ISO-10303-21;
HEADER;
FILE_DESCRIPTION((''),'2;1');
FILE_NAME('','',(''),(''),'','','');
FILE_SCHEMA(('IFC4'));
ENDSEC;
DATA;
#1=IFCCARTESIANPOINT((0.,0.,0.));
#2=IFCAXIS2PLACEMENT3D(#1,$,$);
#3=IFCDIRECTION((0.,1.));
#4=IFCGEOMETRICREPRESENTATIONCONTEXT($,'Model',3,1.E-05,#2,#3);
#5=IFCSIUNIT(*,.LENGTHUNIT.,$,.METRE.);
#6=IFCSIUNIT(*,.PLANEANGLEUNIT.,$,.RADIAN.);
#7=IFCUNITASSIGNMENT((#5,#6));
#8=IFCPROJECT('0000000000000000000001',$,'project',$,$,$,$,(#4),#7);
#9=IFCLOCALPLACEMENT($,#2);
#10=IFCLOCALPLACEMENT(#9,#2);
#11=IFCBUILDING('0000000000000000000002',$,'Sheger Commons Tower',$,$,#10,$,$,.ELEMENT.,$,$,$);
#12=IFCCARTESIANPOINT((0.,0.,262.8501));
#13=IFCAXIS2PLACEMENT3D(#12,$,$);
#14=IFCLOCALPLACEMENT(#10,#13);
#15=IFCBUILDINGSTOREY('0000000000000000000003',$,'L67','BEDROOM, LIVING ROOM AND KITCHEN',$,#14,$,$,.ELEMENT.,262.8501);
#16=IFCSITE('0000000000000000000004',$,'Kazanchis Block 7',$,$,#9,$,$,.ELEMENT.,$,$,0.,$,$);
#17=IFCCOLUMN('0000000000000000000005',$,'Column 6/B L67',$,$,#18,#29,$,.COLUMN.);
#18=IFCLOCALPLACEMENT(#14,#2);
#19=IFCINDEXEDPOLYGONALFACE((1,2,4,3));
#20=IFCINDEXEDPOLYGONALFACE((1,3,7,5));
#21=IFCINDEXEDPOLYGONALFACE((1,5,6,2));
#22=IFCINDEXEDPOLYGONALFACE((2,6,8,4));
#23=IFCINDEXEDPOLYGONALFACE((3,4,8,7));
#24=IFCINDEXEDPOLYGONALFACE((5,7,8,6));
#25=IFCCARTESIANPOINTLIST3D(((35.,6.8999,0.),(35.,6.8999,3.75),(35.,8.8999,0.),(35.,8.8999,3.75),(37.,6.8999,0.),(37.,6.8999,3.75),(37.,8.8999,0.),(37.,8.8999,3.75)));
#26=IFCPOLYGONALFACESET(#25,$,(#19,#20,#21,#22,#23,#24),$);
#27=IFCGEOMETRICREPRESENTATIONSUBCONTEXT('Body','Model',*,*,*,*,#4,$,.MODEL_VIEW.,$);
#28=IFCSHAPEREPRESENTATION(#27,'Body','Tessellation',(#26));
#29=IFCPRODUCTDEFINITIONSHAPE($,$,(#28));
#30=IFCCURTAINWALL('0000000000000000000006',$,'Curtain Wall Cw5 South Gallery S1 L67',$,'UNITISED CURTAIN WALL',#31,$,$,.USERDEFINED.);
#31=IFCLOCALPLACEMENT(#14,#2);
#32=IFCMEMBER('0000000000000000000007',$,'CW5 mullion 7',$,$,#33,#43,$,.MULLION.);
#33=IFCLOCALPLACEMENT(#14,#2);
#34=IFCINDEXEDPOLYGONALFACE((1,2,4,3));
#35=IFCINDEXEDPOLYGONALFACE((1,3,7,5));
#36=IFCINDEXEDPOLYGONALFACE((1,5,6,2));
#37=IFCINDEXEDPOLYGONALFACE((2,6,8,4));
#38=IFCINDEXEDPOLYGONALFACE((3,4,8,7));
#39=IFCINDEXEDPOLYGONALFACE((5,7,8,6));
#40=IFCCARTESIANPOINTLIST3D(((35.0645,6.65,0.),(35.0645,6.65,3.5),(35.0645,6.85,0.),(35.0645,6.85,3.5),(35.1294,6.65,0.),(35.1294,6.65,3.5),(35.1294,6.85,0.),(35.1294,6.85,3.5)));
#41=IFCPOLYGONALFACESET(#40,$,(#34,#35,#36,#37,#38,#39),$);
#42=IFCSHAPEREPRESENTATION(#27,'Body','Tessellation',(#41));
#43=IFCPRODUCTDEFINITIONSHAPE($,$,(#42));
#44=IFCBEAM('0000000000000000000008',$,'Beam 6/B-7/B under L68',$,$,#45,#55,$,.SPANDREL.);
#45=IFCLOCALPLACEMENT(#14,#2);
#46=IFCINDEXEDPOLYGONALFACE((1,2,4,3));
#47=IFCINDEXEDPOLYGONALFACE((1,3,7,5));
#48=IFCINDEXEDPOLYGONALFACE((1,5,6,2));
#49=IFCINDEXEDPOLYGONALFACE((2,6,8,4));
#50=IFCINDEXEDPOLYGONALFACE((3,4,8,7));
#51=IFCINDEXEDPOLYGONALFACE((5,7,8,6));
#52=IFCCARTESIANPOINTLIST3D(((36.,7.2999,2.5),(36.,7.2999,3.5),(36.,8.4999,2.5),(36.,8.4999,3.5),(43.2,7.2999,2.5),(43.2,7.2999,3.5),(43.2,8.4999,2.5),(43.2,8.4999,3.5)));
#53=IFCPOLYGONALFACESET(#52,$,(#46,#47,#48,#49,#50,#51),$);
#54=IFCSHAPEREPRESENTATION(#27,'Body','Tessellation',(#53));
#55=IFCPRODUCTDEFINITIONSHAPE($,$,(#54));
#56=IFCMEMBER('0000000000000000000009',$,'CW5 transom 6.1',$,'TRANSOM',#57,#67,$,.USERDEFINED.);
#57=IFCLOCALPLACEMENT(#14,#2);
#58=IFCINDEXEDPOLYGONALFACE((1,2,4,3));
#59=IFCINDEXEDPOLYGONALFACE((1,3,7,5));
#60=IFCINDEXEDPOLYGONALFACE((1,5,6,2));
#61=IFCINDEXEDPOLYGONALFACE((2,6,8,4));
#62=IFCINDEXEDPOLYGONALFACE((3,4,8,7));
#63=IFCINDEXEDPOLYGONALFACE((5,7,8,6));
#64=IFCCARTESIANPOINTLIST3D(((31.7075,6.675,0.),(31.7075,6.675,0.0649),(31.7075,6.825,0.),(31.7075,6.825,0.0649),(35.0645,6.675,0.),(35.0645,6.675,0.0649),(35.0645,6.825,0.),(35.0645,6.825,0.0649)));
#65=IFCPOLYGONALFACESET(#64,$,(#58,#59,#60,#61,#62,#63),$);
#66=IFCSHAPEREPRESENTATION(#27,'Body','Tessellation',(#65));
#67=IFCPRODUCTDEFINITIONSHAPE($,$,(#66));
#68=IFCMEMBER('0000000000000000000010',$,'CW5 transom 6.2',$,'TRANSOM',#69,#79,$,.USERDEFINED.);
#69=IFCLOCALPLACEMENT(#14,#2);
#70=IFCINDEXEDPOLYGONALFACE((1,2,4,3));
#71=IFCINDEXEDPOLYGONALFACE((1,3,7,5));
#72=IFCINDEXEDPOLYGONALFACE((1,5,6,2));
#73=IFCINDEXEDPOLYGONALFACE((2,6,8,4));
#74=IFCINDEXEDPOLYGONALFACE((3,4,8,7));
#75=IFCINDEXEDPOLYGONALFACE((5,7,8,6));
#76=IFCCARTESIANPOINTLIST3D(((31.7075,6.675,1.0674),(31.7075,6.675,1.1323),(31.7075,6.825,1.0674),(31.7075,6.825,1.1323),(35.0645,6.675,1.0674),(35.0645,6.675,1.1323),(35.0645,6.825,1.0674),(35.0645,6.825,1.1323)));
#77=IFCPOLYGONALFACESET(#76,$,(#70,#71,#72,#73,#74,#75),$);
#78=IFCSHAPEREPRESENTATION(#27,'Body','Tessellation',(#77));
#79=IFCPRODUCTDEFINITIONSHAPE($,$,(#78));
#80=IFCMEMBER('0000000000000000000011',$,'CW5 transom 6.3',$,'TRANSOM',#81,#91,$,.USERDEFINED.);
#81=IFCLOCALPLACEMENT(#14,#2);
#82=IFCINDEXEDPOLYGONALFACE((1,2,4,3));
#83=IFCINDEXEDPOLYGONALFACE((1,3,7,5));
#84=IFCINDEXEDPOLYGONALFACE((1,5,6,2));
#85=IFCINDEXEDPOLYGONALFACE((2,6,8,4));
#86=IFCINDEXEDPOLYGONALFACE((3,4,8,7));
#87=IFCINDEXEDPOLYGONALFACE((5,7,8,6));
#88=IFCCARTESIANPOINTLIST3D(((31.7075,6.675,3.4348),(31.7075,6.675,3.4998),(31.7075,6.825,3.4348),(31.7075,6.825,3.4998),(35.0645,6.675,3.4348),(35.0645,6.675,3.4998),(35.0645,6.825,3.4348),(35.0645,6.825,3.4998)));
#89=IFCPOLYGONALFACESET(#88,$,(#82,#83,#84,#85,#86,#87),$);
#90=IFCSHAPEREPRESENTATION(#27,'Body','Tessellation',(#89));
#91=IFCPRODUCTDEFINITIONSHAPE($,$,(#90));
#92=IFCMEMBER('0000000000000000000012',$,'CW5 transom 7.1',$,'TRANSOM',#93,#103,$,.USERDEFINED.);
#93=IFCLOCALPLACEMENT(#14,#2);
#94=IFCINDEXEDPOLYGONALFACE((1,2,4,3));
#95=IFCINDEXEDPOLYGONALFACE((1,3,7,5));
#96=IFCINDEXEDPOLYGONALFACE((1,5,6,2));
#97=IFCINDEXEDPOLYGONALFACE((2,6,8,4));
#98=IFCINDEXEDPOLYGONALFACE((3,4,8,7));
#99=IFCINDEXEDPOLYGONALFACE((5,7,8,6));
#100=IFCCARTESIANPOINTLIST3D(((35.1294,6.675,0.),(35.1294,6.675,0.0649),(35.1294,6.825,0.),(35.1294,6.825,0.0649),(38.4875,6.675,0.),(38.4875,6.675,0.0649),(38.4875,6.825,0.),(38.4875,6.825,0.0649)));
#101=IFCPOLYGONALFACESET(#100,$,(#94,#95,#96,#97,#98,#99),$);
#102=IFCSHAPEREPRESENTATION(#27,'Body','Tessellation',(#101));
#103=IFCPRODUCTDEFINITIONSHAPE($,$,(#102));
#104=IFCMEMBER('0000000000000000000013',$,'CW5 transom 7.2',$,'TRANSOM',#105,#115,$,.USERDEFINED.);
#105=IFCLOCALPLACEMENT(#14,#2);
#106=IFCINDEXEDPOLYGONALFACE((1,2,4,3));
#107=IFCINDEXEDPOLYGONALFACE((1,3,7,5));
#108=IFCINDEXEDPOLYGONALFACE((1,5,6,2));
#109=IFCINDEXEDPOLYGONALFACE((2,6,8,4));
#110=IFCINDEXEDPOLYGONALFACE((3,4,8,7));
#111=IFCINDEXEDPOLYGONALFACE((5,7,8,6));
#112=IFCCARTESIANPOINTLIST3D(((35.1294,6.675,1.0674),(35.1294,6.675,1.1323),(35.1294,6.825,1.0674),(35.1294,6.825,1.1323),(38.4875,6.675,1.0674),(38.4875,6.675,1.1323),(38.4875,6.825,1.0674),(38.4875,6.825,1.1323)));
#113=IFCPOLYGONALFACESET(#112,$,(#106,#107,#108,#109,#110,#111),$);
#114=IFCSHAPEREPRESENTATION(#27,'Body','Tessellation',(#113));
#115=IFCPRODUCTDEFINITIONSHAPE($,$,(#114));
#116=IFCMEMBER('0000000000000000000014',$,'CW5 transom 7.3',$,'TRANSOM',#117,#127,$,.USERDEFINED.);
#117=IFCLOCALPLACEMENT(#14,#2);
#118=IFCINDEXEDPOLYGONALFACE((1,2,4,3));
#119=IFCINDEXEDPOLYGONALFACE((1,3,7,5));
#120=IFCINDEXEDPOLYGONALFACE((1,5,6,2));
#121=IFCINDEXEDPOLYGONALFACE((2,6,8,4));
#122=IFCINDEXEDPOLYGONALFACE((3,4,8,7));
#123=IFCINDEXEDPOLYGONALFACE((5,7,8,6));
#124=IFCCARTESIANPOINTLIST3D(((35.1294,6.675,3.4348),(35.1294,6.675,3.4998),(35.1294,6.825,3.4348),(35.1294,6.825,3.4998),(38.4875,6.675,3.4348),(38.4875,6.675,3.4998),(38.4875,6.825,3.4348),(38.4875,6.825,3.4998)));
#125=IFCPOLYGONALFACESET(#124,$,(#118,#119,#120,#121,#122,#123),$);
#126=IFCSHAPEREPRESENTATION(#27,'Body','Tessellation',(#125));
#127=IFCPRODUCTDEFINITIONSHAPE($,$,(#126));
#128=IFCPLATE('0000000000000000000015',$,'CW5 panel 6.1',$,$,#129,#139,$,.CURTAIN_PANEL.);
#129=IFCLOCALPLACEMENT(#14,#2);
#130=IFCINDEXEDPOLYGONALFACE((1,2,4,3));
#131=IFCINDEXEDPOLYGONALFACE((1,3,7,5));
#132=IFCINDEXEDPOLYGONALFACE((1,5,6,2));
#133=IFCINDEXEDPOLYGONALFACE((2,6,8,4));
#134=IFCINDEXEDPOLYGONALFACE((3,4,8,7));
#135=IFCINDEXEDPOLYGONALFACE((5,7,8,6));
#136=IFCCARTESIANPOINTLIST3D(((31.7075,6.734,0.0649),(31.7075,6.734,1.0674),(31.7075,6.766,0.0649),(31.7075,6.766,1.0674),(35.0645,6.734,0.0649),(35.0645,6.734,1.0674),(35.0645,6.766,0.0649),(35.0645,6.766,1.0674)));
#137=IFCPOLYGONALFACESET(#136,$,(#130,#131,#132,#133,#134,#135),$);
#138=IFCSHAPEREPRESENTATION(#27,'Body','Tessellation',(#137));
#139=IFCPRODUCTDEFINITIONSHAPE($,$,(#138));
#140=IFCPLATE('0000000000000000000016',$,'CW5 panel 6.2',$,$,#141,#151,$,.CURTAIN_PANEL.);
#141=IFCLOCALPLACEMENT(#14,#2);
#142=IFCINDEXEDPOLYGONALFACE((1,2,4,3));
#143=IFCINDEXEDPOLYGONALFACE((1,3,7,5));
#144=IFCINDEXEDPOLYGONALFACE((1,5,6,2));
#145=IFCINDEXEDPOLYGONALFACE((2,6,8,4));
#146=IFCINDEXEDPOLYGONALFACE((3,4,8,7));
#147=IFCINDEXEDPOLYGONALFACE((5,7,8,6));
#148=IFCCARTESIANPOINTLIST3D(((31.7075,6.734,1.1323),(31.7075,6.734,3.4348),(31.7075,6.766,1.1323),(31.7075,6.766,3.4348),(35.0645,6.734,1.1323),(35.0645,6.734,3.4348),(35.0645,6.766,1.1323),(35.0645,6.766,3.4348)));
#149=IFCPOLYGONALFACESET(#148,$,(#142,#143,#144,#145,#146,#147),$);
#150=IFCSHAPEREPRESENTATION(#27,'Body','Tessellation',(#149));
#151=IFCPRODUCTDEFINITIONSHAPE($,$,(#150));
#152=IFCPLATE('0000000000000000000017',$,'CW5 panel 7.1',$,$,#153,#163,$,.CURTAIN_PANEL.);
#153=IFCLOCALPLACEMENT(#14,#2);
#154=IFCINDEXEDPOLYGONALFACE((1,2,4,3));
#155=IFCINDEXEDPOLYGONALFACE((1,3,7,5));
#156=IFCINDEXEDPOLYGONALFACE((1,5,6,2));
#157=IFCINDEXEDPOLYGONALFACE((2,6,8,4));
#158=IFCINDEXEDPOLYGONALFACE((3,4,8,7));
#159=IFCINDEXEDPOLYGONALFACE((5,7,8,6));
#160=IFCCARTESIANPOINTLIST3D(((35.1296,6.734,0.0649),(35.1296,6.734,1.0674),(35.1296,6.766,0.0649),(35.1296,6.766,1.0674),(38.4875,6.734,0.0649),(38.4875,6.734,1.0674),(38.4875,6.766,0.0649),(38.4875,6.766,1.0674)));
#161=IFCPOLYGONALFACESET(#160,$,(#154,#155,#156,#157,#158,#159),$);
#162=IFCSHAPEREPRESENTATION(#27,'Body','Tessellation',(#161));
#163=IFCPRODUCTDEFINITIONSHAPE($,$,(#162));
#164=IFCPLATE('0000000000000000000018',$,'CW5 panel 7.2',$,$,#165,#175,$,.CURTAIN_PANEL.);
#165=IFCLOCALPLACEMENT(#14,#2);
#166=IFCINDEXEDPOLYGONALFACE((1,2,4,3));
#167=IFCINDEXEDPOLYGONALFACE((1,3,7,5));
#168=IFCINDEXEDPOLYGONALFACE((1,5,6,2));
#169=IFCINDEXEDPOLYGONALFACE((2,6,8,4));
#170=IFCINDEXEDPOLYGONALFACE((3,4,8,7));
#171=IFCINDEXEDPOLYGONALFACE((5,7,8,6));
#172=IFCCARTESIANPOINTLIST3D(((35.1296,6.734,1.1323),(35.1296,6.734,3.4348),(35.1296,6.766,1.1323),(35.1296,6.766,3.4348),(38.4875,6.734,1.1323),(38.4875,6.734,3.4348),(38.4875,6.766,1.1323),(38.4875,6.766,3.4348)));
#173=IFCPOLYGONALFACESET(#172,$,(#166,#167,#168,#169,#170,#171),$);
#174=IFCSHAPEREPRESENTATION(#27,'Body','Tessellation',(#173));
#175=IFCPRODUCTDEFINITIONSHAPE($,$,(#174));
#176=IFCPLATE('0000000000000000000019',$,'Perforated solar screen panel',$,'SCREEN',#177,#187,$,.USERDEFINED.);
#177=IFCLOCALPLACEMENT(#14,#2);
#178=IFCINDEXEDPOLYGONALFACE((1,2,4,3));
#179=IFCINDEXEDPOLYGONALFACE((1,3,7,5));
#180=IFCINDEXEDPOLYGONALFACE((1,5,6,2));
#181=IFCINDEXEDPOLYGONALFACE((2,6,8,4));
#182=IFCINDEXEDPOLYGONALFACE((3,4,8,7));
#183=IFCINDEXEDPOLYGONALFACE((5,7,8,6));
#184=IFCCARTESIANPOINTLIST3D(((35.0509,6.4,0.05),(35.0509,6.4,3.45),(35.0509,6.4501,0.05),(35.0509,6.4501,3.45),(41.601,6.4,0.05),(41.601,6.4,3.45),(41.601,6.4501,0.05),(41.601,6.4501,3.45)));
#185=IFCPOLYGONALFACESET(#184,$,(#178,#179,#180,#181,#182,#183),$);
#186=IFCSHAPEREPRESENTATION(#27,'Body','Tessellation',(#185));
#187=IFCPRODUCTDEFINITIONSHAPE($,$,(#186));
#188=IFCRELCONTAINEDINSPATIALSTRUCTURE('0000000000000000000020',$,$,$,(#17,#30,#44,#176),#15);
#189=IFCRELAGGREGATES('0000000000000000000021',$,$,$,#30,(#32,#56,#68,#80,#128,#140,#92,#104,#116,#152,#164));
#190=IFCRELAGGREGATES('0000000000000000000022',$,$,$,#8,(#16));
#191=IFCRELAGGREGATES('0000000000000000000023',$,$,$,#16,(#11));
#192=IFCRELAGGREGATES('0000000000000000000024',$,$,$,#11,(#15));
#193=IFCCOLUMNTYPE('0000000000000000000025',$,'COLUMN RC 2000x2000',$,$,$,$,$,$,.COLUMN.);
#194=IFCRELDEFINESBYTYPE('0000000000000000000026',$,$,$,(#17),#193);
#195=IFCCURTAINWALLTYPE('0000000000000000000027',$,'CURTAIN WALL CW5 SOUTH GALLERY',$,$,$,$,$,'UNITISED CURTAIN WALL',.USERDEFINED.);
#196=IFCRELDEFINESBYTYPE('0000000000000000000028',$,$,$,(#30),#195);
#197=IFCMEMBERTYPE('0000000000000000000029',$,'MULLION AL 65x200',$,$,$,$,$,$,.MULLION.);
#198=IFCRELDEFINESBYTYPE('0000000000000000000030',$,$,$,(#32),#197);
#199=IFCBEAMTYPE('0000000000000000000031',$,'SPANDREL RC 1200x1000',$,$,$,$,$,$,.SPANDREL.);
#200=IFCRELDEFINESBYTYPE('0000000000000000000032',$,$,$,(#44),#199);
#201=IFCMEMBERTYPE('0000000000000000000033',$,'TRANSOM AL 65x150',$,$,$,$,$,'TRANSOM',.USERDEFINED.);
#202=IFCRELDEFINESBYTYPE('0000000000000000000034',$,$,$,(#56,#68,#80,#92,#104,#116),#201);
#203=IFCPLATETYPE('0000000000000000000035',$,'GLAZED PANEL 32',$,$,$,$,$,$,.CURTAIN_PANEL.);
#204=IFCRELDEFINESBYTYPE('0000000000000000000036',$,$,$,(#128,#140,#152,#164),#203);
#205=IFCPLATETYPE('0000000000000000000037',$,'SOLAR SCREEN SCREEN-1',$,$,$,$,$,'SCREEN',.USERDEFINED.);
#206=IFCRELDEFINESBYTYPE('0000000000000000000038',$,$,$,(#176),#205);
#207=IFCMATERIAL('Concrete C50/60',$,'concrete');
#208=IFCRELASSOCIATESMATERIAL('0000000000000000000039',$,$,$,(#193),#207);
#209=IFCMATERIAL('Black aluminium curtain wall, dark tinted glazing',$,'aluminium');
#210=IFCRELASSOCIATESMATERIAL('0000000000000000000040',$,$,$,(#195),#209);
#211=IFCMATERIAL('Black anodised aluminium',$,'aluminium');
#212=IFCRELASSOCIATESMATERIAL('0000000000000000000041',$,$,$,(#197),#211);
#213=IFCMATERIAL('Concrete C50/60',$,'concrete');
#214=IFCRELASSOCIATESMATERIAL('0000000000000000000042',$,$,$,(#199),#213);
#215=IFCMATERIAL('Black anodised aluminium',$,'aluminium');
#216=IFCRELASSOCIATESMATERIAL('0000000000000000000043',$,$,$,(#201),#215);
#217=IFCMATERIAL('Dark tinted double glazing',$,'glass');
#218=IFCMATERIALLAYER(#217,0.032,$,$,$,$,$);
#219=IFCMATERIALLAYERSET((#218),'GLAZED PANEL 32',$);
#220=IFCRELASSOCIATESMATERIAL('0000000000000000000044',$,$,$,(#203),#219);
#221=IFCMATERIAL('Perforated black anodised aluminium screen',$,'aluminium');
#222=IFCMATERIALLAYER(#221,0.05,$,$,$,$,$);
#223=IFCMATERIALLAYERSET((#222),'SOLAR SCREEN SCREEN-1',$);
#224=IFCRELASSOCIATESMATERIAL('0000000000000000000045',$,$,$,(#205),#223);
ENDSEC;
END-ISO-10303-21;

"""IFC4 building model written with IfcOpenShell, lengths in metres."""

from ifc_helpers import new_model, si_unit, direction, frame, origin, origin_2d, place, context, subcontext, project, spatial, rectangle, extrude, material, layer, layer_set, material_profile, profile_set, type_object, element, aggregate, save


model = new_model("IFC4")

# Units and contexts
model_context = context("Model", 3, precision=1e-05, world=origin(), true_north=direction((0.0, 1.0)))
body_context = subcontext(model_context, "Body", "Model", "MODEL_VIEW")
ifc_project = project(units=[si_unit("LENGTHUNIT", "METRE"), si_unit("PLANEANGLEUNIT", "RADIAN")], contexts=[model_context])

# Site, building, storey
site_placement = place(None, origin())
site = spatial("IfcSite", under=ifc_project, at=site_placement, Name="Kazanchis Block 7", CompositionType="ELEMENT", RefElevation=0.0)
building_placement = place(site_placement, origin())
building = spatial("IfcBuilding", under=site, at=building_placement, Name="Sheger Commons Tower", CompositionType="ELEMENT")
storey_placement = place(building_placement, frame((0.0, 0.0, 262.8501)))
storey = spatial("IfcBuildingStorey", under=building, at=storey_placement, Name="L67", Description="BEDROOM, LIVING ROOM AND KITCHEN", CompositionType="ELEMENT", Elevation=262.8501)

# Column
ifc_material_1 = material(Name="Concrete C50/60", Category="concrete")
ifc_material_profile_1 = material_profile(ifc_material_1, rectangle(XDim=2.0, YDim=2.0, at=origin_2d()), Name="RC 2000x2000")
ifc_profile_set_1 = profile_set([ifc_material_profile_1], Name="Concrete C50/60")
column_type = type_object("IfcColumnType", Name="COLUMN RC 2000x2000", PredefinedType="COLUMN", material=ifc_profile_set_1)
column_placement = place(storey_placement, frame((36.0, 7.8999, 0.0), z_axis=(0.0, 0.0, 1.0), x_axis=(1.0, 0.0, 0.0)))
element("IfcColumn", 1, at=column_placement, inside=storey, type_object=column_type, Name="Column 6/B L67", PredefinedType="COLUMN", context=body_context, shape_type="SweptSolid", body=[
    extrude(rectangle(XDim=2.0, YDim=2.0, at=origin_2d()), origin(), (0.0, 0.0, 1.0), 3.75),
])

# Curtain wall, member
ifc_material_2 = material(Name="Black aluminium curtain wall, dark tinted glazing", Category="aluminium")
curtain_wall_type = type_object("IfcCurtainWallType", Name="CURTAIN WALL CW5 SOUTH GALLERY", ElementType="UNITISED CURTAIN WALL", PredefinedType="USERDEFINED", material=ifc_material_2)
curtain_wall_placement = place(storey_placement, origin())
curtain_wall = element("IfcCurtainWall", 2, at=curtain_wall_placement, inside=storey, type_object=curtain_wall_type, Name="Curtain Wall Cw5 South Gallery S1 L67", ObjectType="UNITISED CURTAIN WALL", PredefinedType="USERDEFINED")
ifc_material_3 = material(Name="Black anodised aluminium", Category="aluminium")
ifc_material_profile_2 = material_profile(ifc_material_3, rectangle(XDim=0.2, YDim=0.0649, at=origin_2d()), Name="AL 65x200")
ifc_profile_set_2 = profile_set([ifc_material_profile_2], Name="Black anodised aluminium")
member_type_1 = type_object("IfcMemberType", Name="MULLION AL 65x200", PredefinedType="MULLION", material=ifc_profile_set_2)
member_1_placement = place(storey_placement, frame((35.0969, 6.75, 0.0), z_axis=(0.0, 0.0, 1.0), x_axis=(0.0, 1.0, 0.0)))
member_1 = element("IfcMember", 3, at=member_1_placement, type_object=member_type_1, Name="CW5 mullion 7", PredefinedType="MULLION", context=body_context, shape_type="SweptSolid", body=[
    extrude(rectangle(XDim=0.2, YDim=0.0649, at=origin_2d()), origin(), (0.0, 0.0, 1.0), 3.5),
])

# Beam
ifc_material_4 = material(Name="Concrete C50/60", Category="concrete")
ifc_material_profile_3 = material_profile(ifc_material_4, rectangle(XDim=1.2, YDim=1.0, at=origin_2d()), Name="RC 1200x1000")
ifc_profile_set_3 = profile_set([ifc_material_profile_3], Name="Concrete C50/60")
beam_type = type_object("IfcBeamType", Name="SPANDREL RC 1200x1000", PredefinedType="SPANDREL", material=ifc_profile_set_3)
beam_placement = place(storey_placement, frame((36.0, 7.8999, 3.0), z_axis=(1.0, 0.0, 0.0), x_axis=(0.0, 1.0, 0.0)))
element("IfcBeam", 4, at=beam_placement, inside=storey, type_object=beam_type, Name="Beam 6/B-7/B under L68", PredefinedType="SPANDREL", context=body_context, shape_type="SweptSolid", body=[
    extrude(rectangle(XDim=1.2, YDim=1.0, at=origin_2d()), origin(), (0.0, 0.0, 1.0), 7.2),
])

# Members
ifc_material_5 = material(Name="Black anodised aluminium", Category="aluminium")
ifc_material_profile_4 = material_profile(ifc_material_5, rectangle(XDim=0.1499, YDim=0.0649, at=origin_2d()), Name="AL 65x150")
ifc_profile_set_4 = profile_set([ifc_material_profile_4], Name="Black anodised aluminium")
member_type_2 = type_object("IfcMemberType", Name="TRANSOM AL 65x150", ElementType="TRANSOM", PredefinedType="USERDEFINED", material=ifc_profile_set_4)
member_2_placement = place(storey_placement, frame((31.7075, 6.75, 0.0325), z_axis=(1.0, 0.0, 0.0), x_axis=(0.0, 1.0, 0.0)))
member_2 = element("IfcMember", 5, at=member_2_placement, type_object=member_type_2, Name="CW5 transom 6.1", ObjectType="TRANSOM", PredefinedType="USERDEFINED", context=body_context, shape_type="SweptSolid", body=[
    extrude(rectangle(XDim=0.1499, YDim=0.0649, at=origin_2d()), origin(), (0.0, 0.0, 1.0), 3.3569),
])
member_3_placement = place(storey_placement, frame((31.7075, 6.75, 1.0999), z_axis=(1.0, 0.0, 0.0), x_axis=(0.0, 1.0, 0.0)))
member_3 = element("IfcMember", 6, at=member_3_placement, type_object=member_type_2, Name="CW5 transom 6.2", ObjectType="TRANSOM", PredefinedType="USERDEFINED", context=body_context, shape_type="SweptSolid", body=[
    extrude(rectangle(XDim=0.1499, YDim=0.0649, at=origin_2d()), origin(), (0.0, 0.0, 1.0), 3.3569),
])
member_4_placement = place(storey_placement, frame((31.7075, 6.75, 3.4673), z_axis=(1.0, 0.0, 0.0), x_axis=(0.0, 1.0, 0.0)))
member_4 = element("IfcMember", 7, at=member_4_placement, type_object=member_type_2, Name="CW5 transom 6.3", ObjectType="TRANSOM", PredefinedType="USERDEFINED", context=body_context, shape_type="SweptSolid", body=[
    extrude(rectangle(XDim=0.1499, YDim=0.0649, at=origin_2d()), origin(), (0.0, 0.0, 1.0), 3.3569),
])
member_5_placement = place(storey_placement, frame((35.1294, 6.75, 0.0325), z_axis=(1.0, 0.0, 0.0), x_axis=(0.0, 1.0, 0.0)))
member_5 = element("IfcMember", 8, at=member_5_placement, type_object=member_type_2, Name="CW5 transom 7.1", ObjectType="TRANSOM", PredefinedType="USERDEFINED", context=body_context, shape_type="SweptSolid", body=[
    extrude(rectangle(XDim=0.1499, YDim=0.0649, at=origin_2d()), origin(), (0.0, 0.0, 1.0), 3.3582),
])
member_6_placement = place(storey_placement, frame((35.1294, 6.75, 1.0999), z_axis=(1.0, 0.0, 0.0), x_axis=(0.0, 1.0, 0.0)))
member_6 = element("IfcMember", 9, at=member_6_placement, type_object=member_type_2, Name="CW5 transom 7.2", ObjectType="TRANSOM", PredefinedType="USERDEFINED", context=body_context, shape_type="SweptSolid", body=[
    extrude(rectangle(XDim=0.1499, YDim=0.0649, at=origin_2d()), origin(), (0.0, 0.0, 1.0), 3.3582),
])
member_7_placement = place(storey_placement, frame((35.1294, 6.75, 3.4673), z_axis=(1.0, 0.0, 0.0), x_axis=(0.0, 1.0, 0.0)))
member_7 = element("IfcMember", 10, at=member_7_placement, type_object=member_type_2, Name="CW5 transom 7.3", ObjectType="TRANSOM", PredefinedType="USERDEFINED", context=body_context, shape_type="SweptSolid", body=[
    extrude(rectangle(XDim=0.1499, YDim=0.0649, at=origin_2d()), origin(), (0.0, 0.0, 1.0), 3.3582),
])

# Plates
ifc_material_6 = material(Name="Dark tinted double glazing", Category="glass")
ifc_layer_1 = layer(ifc_material_6, 0.032)
ifc_layer_set_1 = layer_set([ifc_layer_1], Name="GLAZED PANEL 32")
plate_type_1 = type_object("IfcPlateType", Name="GLAZED PANEL 32", PredefinedType="CURTAIN_PANEL", material=ifc_layer_set_1)
plate_1_placement = place(storey_placement, frame((33.386, 6.75, 0.0649), z_axis=(0.0, 0.0, 1.0), x_axis=(1.0, 0.0, 0.0)))
plate_1 = element("IfcPlate", 11, at=plate_1_placement, type_object=plate_type_1, Name="CW5 panel 6.1", PredefinedType="CURTAIN_PANEL", context=body_context, shape_type="SweptSolid", body=[
    extrude(rectangle(XDim=3.3569, YDim=0.032, at=origin_2d()), origin(), (0.0, 0.0, 1.0), 1.0024),
])
plate_2_placement = place(storey_placement, frame((33.386, 6.75, 1.1323), z_axis=(0.0, 0.0, 1.0), x_axis=(1.0, 0.0, 0.0)))
plate_2 = element("IfcPlate", 12, at=plate_2_placement, type_object=plate_type_1, Name="CW5 panel 6.2", PredefinedType="CURTAIN_PANEL", context=body_context, shape_type="SweptSolid", body=[
    extrude(rectangle(XDim=3.3569, YDim=0.032, at=origin_2d()), origin(), (0.0, 0.0, 1.0), 2.3025),
])
plate_3_placement = place(storey_placement, frame((36.8086, 6.75, 0.0649), z_axis=(0.0, 0.0, 1.0), x_axis=(1.0, 0.0, 0.0)))
plate_3 = element("IfcPlate", 13, at=plate_3_placement, type_object=plate_type_1, Name="CW5 panel 7.1", PredefinedType="CURTAIN_PANEL", context=body_context, shape_type="SweptSolid", body=[
    extrude(rectangle(XDim=3.3579, YDim=0.032, at=origin_2d()), origin(), (0.0, 0.0, 1.0), 1.0024),
])
plate_4_placement = place(storey_placement, frame((36.8086, 6.75, 1.1323), z_axis=(0.0, 0.0, 1.0), x_axis=(1.0, 0.0, 0.0)))
plate_4 = element("IfcPlate", 14, at=plate_4_placement, type_object=plate_type_1, Name="CW5 panel 7.2", PredefinedType="CURTAIN_PANEL", context=body_context, shape_type="SweptSolid", body=[
    extrude(rectangle(XDim=3.3579, YDim=0.032, at=origin_2d()), origin(), (0.0, 0.0, 1.0), 2.3025),
])
aggregate(curtain_wall, [member_1, member_2, member_3, member_4, plate_1, plate_2, member_5, member_6, member_7, plate_3, plate_4])
ifc_material_7 = material(Name="Perforated black anodised aluminium screen", Category="aluminium")
ifc_layer_2 = layer(ifc_material_7, 0.05)
ifc_layer_set_2 = layer_set([ifc_layer_2], Name="SOLAR SCREEN SCREEN-1")
plate_type_2 = type_object("IfcPlateType", Name="SOLAR SCREEN SCREEN-1", ElementType="SCREEN", PredefinedType="USERDEFINED", material=ifc_layer_set_2)
plate_5_placement = place(storey_placement, frame((38.3259, 6.425, 0.05), z_axis=(0.0, 0.0, 1.0), x_axis=(1.0, 0.0, 0.0)))
element("IfcPlate", 15, at=plate_5_placement, inside=storey, type_object=plate_type_2, Name="Perforated solar screen panel", ObjectType="SCREEN", PredefinedType="USERDEFINED", context=body_context, shape_type="SweptSolid", body=[
    extrude(rectangle(XDim=6.55, YDim=0.05, at=origin_2d()), origin(), (0.0, 0.0, 1.0), 3.3999),
])

save(model, "model.ifc")
